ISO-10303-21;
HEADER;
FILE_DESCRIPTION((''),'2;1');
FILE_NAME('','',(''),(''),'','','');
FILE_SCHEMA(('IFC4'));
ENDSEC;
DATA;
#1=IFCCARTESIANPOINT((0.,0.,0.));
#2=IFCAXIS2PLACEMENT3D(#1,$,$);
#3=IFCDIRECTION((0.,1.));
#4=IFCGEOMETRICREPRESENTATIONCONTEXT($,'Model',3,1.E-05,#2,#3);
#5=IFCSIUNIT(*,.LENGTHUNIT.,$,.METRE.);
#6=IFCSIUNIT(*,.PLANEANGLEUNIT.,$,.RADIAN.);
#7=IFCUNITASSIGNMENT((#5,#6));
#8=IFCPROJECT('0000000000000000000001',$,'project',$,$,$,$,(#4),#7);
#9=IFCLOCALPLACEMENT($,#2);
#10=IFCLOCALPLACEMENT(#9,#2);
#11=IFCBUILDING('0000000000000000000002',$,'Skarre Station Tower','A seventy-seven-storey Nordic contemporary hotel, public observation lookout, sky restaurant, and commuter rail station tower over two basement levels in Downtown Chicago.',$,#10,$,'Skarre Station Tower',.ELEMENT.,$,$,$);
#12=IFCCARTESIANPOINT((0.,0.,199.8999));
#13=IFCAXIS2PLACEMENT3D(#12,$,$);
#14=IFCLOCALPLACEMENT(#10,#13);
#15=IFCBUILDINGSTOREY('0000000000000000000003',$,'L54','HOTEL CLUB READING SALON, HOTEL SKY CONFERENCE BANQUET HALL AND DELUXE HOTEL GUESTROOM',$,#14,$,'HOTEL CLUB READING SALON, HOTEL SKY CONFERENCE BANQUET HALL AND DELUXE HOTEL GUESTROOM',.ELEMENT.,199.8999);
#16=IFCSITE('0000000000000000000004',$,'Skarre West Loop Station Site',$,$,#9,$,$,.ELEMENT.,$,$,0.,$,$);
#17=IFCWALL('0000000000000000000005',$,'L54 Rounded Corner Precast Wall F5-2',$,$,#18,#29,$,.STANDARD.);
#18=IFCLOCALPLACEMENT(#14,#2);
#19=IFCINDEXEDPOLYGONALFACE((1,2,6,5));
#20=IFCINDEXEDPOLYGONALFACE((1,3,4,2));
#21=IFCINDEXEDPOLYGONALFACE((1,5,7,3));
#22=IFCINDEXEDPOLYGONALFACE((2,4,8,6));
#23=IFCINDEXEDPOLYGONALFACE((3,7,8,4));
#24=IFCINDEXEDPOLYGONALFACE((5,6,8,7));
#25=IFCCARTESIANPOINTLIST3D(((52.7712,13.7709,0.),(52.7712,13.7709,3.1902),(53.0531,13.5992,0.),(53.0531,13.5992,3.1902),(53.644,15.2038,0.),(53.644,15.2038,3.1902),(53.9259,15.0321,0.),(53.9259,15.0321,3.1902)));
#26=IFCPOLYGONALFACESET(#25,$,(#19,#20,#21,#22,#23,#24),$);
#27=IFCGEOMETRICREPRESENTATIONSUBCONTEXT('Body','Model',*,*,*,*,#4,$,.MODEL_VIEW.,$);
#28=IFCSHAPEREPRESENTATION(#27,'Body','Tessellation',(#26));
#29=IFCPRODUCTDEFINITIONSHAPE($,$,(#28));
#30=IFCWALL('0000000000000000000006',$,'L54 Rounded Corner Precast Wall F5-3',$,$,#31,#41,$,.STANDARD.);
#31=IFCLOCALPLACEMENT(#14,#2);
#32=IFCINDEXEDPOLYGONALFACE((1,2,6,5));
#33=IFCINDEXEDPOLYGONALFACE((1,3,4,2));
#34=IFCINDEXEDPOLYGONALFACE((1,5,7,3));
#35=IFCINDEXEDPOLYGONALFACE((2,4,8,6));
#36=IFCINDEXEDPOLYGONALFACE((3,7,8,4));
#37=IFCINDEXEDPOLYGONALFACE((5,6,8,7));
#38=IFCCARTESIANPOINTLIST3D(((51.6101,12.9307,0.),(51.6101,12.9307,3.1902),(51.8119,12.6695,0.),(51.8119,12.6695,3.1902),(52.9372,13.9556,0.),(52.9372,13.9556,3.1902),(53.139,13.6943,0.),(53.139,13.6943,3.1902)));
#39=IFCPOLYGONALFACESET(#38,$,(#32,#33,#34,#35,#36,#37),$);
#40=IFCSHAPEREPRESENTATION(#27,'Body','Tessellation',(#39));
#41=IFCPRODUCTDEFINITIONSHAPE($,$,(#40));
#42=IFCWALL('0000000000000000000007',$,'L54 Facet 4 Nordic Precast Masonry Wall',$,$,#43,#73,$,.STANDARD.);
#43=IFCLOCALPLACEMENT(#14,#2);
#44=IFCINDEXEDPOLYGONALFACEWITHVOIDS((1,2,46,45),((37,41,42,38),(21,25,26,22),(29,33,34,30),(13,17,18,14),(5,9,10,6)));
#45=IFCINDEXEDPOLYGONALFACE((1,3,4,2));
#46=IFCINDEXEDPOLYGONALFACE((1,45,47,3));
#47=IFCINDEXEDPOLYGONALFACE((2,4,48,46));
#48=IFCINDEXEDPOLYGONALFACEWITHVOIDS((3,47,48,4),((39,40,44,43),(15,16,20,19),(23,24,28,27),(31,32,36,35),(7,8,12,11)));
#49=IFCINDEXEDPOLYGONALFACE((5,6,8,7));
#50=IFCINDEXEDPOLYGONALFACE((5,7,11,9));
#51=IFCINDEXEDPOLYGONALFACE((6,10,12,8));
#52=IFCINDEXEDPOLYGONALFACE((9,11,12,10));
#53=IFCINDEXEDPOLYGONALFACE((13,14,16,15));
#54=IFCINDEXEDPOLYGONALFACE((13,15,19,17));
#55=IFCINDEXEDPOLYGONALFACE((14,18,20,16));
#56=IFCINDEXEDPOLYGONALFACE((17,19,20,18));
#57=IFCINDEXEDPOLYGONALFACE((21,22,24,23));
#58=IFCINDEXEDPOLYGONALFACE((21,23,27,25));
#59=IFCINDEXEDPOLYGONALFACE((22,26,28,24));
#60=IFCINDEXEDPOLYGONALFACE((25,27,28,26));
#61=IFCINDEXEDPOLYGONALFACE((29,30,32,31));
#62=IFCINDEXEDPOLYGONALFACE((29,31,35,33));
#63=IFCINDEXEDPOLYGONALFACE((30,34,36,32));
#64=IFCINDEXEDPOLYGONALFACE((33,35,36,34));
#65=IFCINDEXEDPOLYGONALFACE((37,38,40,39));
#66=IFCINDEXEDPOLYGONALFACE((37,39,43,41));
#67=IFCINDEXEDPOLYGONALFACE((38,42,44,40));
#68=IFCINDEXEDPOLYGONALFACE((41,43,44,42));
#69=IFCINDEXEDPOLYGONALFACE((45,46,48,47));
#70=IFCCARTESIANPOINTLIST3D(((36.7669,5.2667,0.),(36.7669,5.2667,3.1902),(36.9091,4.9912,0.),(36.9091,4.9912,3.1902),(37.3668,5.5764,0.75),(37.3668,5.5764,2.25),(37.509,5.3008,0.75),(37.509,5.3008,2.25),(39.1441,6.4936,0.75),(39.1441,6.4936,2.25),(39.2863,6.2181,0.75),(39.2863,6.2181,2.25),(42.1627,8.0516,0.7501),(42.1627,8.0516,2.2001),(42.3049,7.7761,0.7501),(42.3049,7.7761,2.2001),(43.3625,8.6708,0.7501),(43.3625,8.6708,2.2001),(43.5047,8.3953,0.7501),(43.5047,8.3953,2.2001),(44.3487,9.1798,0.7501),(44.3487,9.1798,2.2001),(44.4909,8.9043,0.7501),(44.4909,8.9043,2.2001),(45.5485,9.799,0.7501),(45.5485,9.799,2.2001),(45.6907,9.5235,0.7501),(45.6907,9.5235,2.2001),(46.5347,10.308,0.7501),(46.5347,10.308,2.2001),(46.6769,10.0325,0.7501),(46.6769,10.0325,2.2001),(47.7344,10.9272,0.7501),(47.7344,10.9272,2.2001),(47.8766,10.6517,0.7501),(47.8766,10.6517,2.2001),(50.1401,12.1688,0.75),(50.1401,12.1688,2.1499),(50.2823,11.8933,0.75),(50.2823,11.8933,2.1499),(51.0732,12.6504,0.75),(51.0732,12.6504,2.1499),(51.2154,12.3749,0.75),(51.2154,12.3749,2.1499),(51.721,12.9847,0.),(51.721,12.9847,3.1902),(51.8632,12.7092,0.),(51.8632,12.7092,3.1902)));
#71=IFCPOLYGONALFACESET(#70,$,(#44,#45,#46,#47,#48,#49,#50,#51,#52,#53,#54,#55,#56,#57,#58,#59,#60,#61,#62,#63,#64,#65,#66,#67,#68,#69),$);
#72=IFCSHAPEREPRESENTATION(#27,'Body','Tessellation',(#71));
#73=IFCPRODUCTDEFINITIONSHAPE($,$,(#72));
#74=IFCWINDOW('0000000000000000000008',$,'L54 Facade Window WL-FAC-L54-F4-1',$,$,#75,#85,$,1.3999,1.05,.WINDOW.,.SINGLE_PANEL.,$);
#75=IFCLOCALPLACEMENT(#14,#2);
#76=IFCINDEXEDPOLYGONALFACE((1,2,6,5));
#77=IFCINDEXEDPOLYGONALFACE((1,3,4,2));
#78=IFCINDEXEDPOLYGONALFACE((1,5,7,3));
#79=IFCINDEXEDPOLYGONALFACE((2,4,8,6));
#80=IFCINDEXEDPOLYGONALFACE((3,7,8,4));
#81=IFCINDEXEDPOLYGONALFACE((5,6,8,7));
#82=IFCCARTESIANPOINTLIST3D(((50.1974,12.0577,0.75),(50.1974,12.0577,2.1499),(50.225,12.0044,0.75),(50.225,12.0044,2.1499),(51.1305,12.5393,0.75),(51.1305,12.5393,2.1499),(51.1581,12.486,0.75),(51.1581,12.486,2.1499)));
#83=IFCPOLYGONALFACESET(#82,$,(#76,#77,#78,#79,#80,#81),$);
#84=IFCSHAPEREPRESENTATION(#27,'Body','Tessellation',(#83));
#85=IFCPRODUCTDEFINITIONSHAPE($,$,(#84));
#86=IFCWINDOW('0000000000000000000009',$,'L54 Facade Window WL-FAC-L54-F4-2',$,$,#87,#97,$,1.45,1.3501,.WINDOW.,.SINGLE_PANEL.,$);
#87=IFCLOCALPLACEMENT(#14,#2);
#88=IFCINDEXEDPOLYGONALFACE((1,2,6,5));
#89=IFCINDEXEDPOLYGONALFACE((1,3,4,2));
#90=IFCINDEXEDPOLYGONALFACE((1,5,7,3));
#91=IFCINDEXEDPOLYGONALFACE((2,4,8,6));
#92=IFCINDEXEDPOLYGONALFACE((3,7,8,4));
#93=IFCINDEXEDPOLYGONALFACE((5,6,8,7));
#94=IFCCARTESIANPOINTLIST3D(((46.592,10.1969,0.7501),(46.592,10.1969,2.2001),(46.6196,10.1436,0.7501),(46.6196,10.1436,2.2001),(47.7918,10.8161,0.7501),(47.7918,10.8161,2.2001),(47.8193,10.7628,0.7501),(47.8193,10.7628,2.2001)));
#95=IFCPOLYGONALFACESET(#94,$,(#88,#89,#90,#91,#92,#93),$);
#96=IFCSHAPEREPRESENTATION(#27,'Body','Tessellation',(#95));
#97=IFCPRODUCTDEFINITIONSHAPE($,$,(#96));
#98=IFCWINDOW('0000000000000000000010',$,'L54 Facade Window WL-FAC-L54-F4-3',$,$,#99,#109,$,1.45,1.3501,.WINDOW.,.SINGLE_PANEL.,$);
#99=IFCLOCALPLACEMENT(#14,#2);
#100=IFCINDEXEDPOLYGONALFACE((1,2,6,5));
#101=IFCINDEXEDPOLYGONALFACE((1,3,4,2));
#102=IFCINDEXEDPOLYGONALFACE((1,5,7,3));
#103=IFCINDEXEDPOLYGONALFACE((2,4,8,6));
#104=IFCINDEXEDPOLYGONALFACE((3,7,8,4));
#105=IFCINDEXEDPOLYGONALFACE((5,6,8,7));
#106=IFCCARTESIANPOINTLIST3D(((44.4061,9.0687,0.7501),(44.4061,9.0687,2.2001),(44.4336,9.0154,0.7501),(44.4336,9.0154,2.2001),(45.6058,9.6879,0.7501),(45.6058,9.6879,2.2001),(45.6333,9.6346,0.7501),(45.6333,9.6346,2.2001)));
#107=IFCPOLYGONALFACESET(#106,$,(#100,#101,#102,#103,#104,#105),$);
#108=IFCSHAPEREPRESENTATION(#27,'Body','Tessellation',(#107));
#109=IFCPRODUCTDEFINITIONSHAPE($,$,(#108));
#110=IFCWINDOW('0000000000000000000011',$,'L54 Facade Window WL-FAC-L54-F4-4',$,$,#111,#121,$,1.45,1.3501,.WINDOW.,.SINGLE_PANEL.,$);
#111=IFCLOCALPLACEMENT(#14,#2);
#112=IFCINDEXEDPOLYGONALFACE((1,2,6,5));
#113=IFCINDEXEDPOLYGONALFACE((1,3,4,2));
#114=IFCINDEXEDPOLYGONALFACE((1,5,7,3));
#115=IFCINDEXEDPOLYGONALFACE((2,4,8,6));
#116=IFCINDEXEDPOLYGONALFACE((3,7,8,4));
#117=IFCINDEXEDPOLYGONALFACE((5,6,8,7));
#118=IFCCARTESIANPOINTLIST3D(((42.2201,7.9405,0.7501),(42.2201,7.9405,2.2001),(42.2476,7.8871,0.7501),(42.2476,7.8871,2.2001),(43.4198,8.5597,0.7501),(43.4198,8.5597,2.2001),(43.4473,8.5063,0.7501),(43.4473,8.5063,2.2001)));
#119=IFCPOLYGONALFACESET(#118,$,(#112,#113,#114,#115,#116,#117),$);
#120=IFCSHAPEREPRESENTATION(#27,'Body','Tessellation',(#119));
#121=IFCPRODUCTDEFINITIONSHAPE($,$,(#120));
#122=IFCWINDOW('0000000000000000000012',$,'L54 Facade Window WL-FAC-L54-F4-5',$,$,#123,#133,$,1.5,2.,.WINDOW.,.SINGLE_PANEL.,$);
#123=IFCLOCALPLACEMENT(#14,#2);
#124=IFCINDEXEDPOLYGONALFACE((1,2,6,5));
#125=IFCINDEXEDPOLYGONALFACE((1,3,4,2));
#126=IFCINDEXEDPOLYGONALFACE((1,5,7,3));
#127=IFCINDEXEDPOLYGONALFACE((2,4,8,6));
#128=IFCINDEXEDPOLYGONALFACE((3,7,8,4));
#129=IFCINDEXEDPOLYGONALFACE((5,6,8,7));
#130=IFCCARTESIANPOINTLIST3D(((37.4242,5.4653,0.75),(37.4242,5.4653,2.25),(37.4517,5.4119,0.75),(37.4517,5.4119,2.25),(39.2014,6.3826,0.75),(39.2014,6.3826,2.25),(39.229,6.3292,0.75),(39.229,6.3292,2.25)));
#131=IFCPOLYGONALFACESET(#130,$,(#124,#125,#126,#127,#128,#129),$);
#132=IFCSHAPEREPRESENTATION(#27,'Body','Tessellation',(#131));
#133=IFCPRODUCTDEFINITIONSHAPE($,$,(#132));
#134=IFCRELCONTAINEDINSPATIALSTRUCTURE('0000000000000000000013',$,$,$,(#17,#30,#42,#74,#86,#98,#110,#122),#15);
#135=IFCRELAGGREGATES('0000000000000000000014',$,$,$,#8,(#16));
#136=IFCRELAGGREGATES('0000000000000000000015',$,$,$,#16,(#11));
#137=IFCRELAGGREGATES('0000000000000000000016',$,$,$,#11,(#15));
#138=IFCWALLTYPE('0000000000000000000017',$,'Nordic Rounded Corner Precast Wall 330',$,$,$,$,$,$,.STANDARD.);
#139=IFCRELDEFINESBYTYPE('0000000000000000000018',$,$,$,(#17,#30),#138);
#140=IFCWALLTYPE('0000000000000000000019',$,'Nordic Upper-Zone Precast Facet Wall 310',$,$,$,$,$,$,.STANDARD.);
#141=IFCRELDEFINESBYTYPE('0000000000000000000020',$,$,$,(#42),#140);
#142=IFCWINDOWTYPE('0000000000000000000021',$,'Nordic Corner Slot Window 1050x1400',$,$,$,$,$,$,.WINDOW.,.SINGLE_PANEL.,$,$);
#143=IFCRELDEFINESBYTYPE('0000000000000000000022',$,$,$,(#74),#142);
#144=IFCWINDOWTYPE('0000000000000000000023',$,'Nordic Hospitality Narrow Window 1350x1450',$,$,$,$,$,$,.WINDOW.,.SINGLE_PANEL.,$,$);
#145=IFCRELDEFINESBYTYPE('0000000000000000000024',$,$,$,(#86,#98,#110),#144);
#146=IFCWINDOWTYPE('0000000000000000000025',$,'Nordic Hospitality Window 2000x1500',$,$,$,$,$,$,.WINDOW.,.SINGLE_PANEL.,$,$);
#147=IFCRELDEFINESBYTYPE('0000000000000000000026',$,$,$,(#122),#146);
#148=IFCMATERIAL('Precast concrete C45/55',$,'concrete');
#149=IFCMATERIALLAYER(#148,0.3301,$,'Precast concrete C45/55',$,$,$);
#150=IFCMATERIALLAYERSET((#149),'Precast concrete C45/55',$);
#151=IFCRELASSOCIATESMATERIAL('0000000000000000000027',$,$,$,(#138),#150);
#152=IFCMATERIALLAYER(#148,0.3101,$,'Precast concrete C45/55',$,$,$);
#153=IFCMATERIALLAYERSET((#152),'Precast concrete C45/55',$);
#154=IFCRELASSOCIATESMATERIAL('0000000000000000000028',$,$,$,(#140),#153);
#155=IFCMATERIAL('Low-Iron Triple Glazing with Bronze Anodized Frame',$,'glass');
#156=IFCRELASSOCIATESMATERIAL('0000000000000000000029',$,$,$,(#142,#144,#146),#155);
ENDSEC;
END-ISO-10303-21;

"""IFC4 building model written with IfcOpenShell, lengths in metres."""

from ifc_helpers import new_model, si_unit, direction, frame, frame_2d, origin, place, context, subcontext, project, spatial, rectangle, extrude, material, layer, layer_set, type_object, element, fill, save


model = new_model("IFC4")

# Units and contexts
model_context = context("Model", 3, precision=1e-05, world=origin(), true_north=direction((0.0, 1.0)))
body_context = subcontext(model_context, "Body", "Model", "MODEL_VIEW")
ifc_project = project(units=[si_unit("LENGTHUNIT", "METRE"), si_unit("PLANEANGLEUNIT", "RADIAN")], contexts=[model_context])

# Site, building, storey
site_placement = place(None, origin())
site = spatial("IfcSite", under=ifc_project, at=site_placement, Name="Skarre West Loop Station Site", CompositionType="ELEMENT", RefElevation=0.0)
building_placement = place(site_placement, origin())
building = spatial("IfcBuilding", under=site, at=building_placement, Name="Skarre Station Tower", Description="A seventy-seven-storey Nordic contemporary hotel, public observation lookout, sky restaurant, and commuter rail station tower over two basement levels in Downtown Chicago.", LongName="Skarre Station Tower", CompositionType="ELEMENT")
storey_placement = place(building_placement, frame((0.0, 0.0, 199.8999)))
storey = spatial("IfcBuildingStorey", under=building, at=storey_placement, Name="L54", Description="HOTEL CLUB READING SALON, HOTEL SKY CONFERENCE BANQUET HALL AND DELUXE HOTEL GUESTROOM", LongName="HOTEL CLUB READING SALON, HOTEL SKY CONFERENCE BANQUET HALL AND DELUXE HOTEL GUESTROOM", CompositionType="ELEMENT", Elevation=199.8999)

# Walls
ifc_material_1 = material(Name="Precast concrete C45/55", Category="concrete")
ifc_layer_1 = layer(ifc_material_1, 0.3301, Name="Precast concrete C45/55")
ifc_layer_set_1 = layer_set([ifc_layer_1], Name="Precast concrete C45/55")
wall_type_1 = type_object("IfcWallType", Name="Nordic Rounded Corner Precast Wall 330", PredefinedType="STANDARD", material=ifc_layer_set_1)
wall_1_placement = place(storey_placement, frame((53.7849, 15.1179, 0.0), z_axis=(0.0, 0.0, 1.0), x_axis=(-0.520219, -0.854033, 0.0)))
element("IfcWall", 1, at=wall_1_placement, inside=storey, type_object=wall_type_1, Name="L54 Rounded Corner Precast Wall F5-2", PredefinedType="STANDARD", context=body_context, shape_type="SweptSolid", body=[
    extrude(rectangle(XDim=1.6777, YDim=0.3301, at=frame_2d((0.8389, 0.0))), origin(), (0.0, 0.0, 1.0), 3.1902),
])
wall_2_placement = place(storey_placement, frame((53.0381, 13.825, 0.0), z_axis=(0.0, 0.0, 1.0), x_axis=(-0.791464, -0.611215, 0.0)))
element("IfcWall", 2, at=wall_2_placement, inside=storey, type_object=wall_type_1, Name="L54 Rounded Corner Precast Wall F5-3", PredefinedType="STANDARD", context=body_context, shape_type="SweptSolid", body=[
    extrude(rectangle(XDim=1.6768, YDim=0.3301, at=frame_2d((0.8384, 0.0))), origin(), (0.0, 0.0, 1.0), 3.1902),
])

# Wall, openings, windows
ifc_layer_2 = layer(ifc_material_1, 0.3101, Name="Precast concrete C45/55")
ifc_layer_set_2 = layer_set([ifc_layer_2], Name="Precast concrete C45/55")
wall_type_2 = type_object("IfcWallType", Name="Nordic Upper-Zone Precast Facet Wall 310", PredefinedType="STANDARD", material=ifc_layer_set_2)
wall_3_placement = place(storey_placement, frame((51.792, 12.8469, 0.0), z_axis=(0.0, 0.0, 1.0), x_axis=(-0.888626, -0.458632, 0.0)))
wall_3 = element("IfcWall", 3, at=wall_3_placement, inside=storey, type_object=wall_type_2, Name="L54 Facet 4 Nordic Precast Masonry Wall", PredefinedType="STANDARD", context=body_context, shape_type="SweptSolid", body=[
    extrude(rectangle(XDim=16.8284, YDim=0.3101, at=frame_2d((8.4141, 0.0))), origin(), (0.0, 0.0, 1.0), 3.1902),
])
opening_1_placement = place(wall_3_placement, frame((0.729, 0.0, 0.75)))
opening_1 = element("IfcOpeningElement", 4, at=opening_1_placement, cuts=wall_3, PredefinedType="OPENING", context=body_context, shape_type="SweptSolid", body=[
    extrude(rectangle(XDim=1.05, YDim=1.3999, at=frame_2d((0.5249, 0.7))), frame((0.0, 0.165, 0.0), z_axis=(0.0, -1.0, 0.0), x_axis=(1.0, 0.0, 0.0)), (0.0, 0.0, 1.0), 0.3301),
])
opening_2_placement = place(wall_3_placement, frame((4.4861, 0.0, 0.75)))
opening_2 = element("IfcOpeningElement", 5, at=opening_2_placement, cuts=wall_3, PredefinedType="OPENING", context=body_context, shape_type="SweptSolid", body=[
    extrude(rectangle(XDim=1.3501, YDim=1.45, at=frame_2d((0.675, 0.7251))), frame((0.0, 0.165, 0.0), z_axis=(0.0, -1.0, 0.0), x_axis=(1.0, 0.0, 0.0)), (0.0, 0.0, 1.0), 0.3301),
])
opening_3_placement = place(wall_3_placement, frame((6.946, 0.0, 0.75)))
opening_3 = element("IfcOpeningElement", 6, at=opening_3_placement, cuts=wall_3, PredefinedType="OPENING", context=body_context, shape_type="SweptSolid", body=[
    extrude(rectangle(XDim=1.3501, YDim=1.45, at=frame_2d((0.675, 0.7251))), frame((0.0, 0.165, 0.0), z_axis=(0.0, -1.0, 0.0), x_axis=(1.0, 0.0, 0.0)), (0.0, 0.0, 1.0), 0.3301),
])
opening_4_placement = place(wall_3_placement, frame((9.406, 0.0, 0.75)))
opening_4 = element("IfcOpeningElement", 7, at=opening_4_placement, cuts=wall_3, PredefinedType="OPENING", context=body_context, shape_type="SweptSolid", body=[
    extrude(rectangle(XDim=1.3501, YDim=1.45, at=frame_2d((0.675, 0.7251))), frame((0.0, 0.165, 0.0), z_axis=(0.0, -1.0, 0.0), x_axis=(1.0, 0.0, 0.0)), (0.0, 0.0, 1.0), 0.3301),
])
opening_5_placement = place(wall_3_placement, frame((14.1531, 0.0, 0.75)))
opening_5 = element("IfcOpeningElement", 8, at=opening_5_placement, cuts=wall_3, PredefinedType="OPENING", context=body_context, shape_type="SweptSolid", body=[
    extrude(rectangle(XDim=2.0, YDim=1.5, at=frame_2d((1.0, 0.75))), frame((0.0, 0.165, 0.0), z_axis=(0.0, -1.0, 0.0), x_axis=(1.0, 0.0, 0.0)), (0.0, 0.0, 1.0), 0.3301),
])
ifc_material_2 = material(Name="Low-Iron Triple Glazing with Bronze Anodized Frame", Category="glass")
window_type_1 = type_object("IfcWindowType", Name="Nordic Corner Slot Window 1050x1400", PartitioningType="SINGLE_PANEL", PredefinedType="WINDOW", material=ifc_material_2)
window_1_placement = place(opening_1_placement, origin())
window_1 = element("IfcWindow", 9, at=window_1_placement, inside=storey, type_object=window_type_1, Name="L54 Facade Window WL-FAC-L54-F4-1", OverallHeight=1.3999, OverallWidth=1.05, PartitioningType="SINGLE_PANEL", PredefinedType="WINDOW", context=body_context, shape_type="SweptSolid", body=[
    extrude(rectangle(XDim=1.05, YDim=1.3999, at=frame_2d((0.5249, 0.7))), frame((0.0, 0.03, 0.0), z_axis=(0.0, -1.0, 0.0), x_axis=(1.0, 0.0, 0.0)), (0.0, 0.0, 1.0), 0.0601),
])
fill(opening_1, window_1)
window_type_2 = type_object("IfcWindowType", Name="Nordic Hospitality Narrow Window 1350x1450", PartitioningType="SINGLE_PANEL", PredefinedType="WINDOW", material=ifc_material_2)
window_2_placement = place(opening_2_placement, origin())
window_2 = element("IfcWindow", 10, at=window_2_placement, inside=storey, type_object=window_type_2, Name="L54 Facade Window WL-FAC-L54-F4-2", OverallHeight=1.45, OverallWidth=1.3501, PartitioningType="SINGLE_PANEL", PredefinedType="WINDOW", context=body_context, shape_type="SweptSolid", body=[
    extrude(rectangle(XDim=1.3501, YDim=1.45, at=frame_2d((0.675, 0.7251))), frame((0.0, 0.03, 0.0), z_axis=(0.0, -1.0, 0.0), x_axis=(1.0, 0.0, 0.0)), (0.0, 0.0, 1.0), 0.0601),
])
fill(opening_2, window_2)
window_3_placement = place(opening_3_placement, origin())
window_3 = element("IfcWindow", 11, at=window_3_placement, inside=storey, type_object=window_type_2, Name="L54 Facade Window WL-FAC-L54-F4-3", OverallHeight=1.45, OverallWidth=1.3501, PartitioningType="SINGLE_PANEL", PredefinedType="WINDOW", context=body_context, shape_type="SweptSolid", body=[
    extrude(rectangle(XDim=1.3501, YDim=1.45, at=frame_2d((0.675, 0.7251))), frame((0.0, 0.03, 0.0), z_axis=(0.0, -1.0, 0.0), x_axis=(1.0, 0.0, 0.0)), (0.0, 0.0, 1.0), 0.0601),
])
fill(opening_3, window_3)
window_4_placement = place(opening_4_placement, origin())
window_4 = element("IfcWindow", 12, at=window_4_placement, inside=storey, type_object=window_type_2, Name="L54 Facade Window WL-FAC-L54-F4-4", OverallHeight=1.45, OverallWidth=1.3501, PartitioningType="SINGLE_PANEL", PredefinedType="WINDOW", context=body_context, shape_type="SweptSolid", body=[
    extrude(rectangle(XDim=1.3501, YDim=1.45, at=frame_2d((0.675, 0.7251))), frame((0.0, 0.03, 0.0), z_axis=(0.0, -1.0, 0.0), x_axis=(1.0, 0.0, 0.0)), (0.0, 0.0, 1.0), 0.0601),
])
fill(opening_4, window_4)
window_type_3 = type_object("IfcWindowType", Name="Nordic Hospitality Window 2000x1500", PartitioningType="SINGLE_PANEL", PredefinedType="WINDOW", material=ifc_material_2)
window_5_placement = place(opening_5_placement, origin())
window_5 = element("IfcWindow", 13, at=window_5_placement, inside=storey, type_object=window_type_3, Name="L54 Facade Window WL-FAC-L54-F4-5", OverallHeight=1.5, OverallWidth=2.0, PartitioningType="SINGLE_PANEL", PredefinedType="WINDOW", context=body_context, shape_type="SweptSolid", body=[
    extrude(rectangle(XDim=2.0, YDim=1.5, at=frame_2d((1.0, 0.75))), frame((0.0, 0.03, 0.0), z_axis=(0.0, -1.0, 0.0), x_axis=(1.0, 0.0, 0.0)), (0.0, 0.0, 1.0), 0.0601),
])
fill(opening_5, window_5)

save(model, "model.ifc")
